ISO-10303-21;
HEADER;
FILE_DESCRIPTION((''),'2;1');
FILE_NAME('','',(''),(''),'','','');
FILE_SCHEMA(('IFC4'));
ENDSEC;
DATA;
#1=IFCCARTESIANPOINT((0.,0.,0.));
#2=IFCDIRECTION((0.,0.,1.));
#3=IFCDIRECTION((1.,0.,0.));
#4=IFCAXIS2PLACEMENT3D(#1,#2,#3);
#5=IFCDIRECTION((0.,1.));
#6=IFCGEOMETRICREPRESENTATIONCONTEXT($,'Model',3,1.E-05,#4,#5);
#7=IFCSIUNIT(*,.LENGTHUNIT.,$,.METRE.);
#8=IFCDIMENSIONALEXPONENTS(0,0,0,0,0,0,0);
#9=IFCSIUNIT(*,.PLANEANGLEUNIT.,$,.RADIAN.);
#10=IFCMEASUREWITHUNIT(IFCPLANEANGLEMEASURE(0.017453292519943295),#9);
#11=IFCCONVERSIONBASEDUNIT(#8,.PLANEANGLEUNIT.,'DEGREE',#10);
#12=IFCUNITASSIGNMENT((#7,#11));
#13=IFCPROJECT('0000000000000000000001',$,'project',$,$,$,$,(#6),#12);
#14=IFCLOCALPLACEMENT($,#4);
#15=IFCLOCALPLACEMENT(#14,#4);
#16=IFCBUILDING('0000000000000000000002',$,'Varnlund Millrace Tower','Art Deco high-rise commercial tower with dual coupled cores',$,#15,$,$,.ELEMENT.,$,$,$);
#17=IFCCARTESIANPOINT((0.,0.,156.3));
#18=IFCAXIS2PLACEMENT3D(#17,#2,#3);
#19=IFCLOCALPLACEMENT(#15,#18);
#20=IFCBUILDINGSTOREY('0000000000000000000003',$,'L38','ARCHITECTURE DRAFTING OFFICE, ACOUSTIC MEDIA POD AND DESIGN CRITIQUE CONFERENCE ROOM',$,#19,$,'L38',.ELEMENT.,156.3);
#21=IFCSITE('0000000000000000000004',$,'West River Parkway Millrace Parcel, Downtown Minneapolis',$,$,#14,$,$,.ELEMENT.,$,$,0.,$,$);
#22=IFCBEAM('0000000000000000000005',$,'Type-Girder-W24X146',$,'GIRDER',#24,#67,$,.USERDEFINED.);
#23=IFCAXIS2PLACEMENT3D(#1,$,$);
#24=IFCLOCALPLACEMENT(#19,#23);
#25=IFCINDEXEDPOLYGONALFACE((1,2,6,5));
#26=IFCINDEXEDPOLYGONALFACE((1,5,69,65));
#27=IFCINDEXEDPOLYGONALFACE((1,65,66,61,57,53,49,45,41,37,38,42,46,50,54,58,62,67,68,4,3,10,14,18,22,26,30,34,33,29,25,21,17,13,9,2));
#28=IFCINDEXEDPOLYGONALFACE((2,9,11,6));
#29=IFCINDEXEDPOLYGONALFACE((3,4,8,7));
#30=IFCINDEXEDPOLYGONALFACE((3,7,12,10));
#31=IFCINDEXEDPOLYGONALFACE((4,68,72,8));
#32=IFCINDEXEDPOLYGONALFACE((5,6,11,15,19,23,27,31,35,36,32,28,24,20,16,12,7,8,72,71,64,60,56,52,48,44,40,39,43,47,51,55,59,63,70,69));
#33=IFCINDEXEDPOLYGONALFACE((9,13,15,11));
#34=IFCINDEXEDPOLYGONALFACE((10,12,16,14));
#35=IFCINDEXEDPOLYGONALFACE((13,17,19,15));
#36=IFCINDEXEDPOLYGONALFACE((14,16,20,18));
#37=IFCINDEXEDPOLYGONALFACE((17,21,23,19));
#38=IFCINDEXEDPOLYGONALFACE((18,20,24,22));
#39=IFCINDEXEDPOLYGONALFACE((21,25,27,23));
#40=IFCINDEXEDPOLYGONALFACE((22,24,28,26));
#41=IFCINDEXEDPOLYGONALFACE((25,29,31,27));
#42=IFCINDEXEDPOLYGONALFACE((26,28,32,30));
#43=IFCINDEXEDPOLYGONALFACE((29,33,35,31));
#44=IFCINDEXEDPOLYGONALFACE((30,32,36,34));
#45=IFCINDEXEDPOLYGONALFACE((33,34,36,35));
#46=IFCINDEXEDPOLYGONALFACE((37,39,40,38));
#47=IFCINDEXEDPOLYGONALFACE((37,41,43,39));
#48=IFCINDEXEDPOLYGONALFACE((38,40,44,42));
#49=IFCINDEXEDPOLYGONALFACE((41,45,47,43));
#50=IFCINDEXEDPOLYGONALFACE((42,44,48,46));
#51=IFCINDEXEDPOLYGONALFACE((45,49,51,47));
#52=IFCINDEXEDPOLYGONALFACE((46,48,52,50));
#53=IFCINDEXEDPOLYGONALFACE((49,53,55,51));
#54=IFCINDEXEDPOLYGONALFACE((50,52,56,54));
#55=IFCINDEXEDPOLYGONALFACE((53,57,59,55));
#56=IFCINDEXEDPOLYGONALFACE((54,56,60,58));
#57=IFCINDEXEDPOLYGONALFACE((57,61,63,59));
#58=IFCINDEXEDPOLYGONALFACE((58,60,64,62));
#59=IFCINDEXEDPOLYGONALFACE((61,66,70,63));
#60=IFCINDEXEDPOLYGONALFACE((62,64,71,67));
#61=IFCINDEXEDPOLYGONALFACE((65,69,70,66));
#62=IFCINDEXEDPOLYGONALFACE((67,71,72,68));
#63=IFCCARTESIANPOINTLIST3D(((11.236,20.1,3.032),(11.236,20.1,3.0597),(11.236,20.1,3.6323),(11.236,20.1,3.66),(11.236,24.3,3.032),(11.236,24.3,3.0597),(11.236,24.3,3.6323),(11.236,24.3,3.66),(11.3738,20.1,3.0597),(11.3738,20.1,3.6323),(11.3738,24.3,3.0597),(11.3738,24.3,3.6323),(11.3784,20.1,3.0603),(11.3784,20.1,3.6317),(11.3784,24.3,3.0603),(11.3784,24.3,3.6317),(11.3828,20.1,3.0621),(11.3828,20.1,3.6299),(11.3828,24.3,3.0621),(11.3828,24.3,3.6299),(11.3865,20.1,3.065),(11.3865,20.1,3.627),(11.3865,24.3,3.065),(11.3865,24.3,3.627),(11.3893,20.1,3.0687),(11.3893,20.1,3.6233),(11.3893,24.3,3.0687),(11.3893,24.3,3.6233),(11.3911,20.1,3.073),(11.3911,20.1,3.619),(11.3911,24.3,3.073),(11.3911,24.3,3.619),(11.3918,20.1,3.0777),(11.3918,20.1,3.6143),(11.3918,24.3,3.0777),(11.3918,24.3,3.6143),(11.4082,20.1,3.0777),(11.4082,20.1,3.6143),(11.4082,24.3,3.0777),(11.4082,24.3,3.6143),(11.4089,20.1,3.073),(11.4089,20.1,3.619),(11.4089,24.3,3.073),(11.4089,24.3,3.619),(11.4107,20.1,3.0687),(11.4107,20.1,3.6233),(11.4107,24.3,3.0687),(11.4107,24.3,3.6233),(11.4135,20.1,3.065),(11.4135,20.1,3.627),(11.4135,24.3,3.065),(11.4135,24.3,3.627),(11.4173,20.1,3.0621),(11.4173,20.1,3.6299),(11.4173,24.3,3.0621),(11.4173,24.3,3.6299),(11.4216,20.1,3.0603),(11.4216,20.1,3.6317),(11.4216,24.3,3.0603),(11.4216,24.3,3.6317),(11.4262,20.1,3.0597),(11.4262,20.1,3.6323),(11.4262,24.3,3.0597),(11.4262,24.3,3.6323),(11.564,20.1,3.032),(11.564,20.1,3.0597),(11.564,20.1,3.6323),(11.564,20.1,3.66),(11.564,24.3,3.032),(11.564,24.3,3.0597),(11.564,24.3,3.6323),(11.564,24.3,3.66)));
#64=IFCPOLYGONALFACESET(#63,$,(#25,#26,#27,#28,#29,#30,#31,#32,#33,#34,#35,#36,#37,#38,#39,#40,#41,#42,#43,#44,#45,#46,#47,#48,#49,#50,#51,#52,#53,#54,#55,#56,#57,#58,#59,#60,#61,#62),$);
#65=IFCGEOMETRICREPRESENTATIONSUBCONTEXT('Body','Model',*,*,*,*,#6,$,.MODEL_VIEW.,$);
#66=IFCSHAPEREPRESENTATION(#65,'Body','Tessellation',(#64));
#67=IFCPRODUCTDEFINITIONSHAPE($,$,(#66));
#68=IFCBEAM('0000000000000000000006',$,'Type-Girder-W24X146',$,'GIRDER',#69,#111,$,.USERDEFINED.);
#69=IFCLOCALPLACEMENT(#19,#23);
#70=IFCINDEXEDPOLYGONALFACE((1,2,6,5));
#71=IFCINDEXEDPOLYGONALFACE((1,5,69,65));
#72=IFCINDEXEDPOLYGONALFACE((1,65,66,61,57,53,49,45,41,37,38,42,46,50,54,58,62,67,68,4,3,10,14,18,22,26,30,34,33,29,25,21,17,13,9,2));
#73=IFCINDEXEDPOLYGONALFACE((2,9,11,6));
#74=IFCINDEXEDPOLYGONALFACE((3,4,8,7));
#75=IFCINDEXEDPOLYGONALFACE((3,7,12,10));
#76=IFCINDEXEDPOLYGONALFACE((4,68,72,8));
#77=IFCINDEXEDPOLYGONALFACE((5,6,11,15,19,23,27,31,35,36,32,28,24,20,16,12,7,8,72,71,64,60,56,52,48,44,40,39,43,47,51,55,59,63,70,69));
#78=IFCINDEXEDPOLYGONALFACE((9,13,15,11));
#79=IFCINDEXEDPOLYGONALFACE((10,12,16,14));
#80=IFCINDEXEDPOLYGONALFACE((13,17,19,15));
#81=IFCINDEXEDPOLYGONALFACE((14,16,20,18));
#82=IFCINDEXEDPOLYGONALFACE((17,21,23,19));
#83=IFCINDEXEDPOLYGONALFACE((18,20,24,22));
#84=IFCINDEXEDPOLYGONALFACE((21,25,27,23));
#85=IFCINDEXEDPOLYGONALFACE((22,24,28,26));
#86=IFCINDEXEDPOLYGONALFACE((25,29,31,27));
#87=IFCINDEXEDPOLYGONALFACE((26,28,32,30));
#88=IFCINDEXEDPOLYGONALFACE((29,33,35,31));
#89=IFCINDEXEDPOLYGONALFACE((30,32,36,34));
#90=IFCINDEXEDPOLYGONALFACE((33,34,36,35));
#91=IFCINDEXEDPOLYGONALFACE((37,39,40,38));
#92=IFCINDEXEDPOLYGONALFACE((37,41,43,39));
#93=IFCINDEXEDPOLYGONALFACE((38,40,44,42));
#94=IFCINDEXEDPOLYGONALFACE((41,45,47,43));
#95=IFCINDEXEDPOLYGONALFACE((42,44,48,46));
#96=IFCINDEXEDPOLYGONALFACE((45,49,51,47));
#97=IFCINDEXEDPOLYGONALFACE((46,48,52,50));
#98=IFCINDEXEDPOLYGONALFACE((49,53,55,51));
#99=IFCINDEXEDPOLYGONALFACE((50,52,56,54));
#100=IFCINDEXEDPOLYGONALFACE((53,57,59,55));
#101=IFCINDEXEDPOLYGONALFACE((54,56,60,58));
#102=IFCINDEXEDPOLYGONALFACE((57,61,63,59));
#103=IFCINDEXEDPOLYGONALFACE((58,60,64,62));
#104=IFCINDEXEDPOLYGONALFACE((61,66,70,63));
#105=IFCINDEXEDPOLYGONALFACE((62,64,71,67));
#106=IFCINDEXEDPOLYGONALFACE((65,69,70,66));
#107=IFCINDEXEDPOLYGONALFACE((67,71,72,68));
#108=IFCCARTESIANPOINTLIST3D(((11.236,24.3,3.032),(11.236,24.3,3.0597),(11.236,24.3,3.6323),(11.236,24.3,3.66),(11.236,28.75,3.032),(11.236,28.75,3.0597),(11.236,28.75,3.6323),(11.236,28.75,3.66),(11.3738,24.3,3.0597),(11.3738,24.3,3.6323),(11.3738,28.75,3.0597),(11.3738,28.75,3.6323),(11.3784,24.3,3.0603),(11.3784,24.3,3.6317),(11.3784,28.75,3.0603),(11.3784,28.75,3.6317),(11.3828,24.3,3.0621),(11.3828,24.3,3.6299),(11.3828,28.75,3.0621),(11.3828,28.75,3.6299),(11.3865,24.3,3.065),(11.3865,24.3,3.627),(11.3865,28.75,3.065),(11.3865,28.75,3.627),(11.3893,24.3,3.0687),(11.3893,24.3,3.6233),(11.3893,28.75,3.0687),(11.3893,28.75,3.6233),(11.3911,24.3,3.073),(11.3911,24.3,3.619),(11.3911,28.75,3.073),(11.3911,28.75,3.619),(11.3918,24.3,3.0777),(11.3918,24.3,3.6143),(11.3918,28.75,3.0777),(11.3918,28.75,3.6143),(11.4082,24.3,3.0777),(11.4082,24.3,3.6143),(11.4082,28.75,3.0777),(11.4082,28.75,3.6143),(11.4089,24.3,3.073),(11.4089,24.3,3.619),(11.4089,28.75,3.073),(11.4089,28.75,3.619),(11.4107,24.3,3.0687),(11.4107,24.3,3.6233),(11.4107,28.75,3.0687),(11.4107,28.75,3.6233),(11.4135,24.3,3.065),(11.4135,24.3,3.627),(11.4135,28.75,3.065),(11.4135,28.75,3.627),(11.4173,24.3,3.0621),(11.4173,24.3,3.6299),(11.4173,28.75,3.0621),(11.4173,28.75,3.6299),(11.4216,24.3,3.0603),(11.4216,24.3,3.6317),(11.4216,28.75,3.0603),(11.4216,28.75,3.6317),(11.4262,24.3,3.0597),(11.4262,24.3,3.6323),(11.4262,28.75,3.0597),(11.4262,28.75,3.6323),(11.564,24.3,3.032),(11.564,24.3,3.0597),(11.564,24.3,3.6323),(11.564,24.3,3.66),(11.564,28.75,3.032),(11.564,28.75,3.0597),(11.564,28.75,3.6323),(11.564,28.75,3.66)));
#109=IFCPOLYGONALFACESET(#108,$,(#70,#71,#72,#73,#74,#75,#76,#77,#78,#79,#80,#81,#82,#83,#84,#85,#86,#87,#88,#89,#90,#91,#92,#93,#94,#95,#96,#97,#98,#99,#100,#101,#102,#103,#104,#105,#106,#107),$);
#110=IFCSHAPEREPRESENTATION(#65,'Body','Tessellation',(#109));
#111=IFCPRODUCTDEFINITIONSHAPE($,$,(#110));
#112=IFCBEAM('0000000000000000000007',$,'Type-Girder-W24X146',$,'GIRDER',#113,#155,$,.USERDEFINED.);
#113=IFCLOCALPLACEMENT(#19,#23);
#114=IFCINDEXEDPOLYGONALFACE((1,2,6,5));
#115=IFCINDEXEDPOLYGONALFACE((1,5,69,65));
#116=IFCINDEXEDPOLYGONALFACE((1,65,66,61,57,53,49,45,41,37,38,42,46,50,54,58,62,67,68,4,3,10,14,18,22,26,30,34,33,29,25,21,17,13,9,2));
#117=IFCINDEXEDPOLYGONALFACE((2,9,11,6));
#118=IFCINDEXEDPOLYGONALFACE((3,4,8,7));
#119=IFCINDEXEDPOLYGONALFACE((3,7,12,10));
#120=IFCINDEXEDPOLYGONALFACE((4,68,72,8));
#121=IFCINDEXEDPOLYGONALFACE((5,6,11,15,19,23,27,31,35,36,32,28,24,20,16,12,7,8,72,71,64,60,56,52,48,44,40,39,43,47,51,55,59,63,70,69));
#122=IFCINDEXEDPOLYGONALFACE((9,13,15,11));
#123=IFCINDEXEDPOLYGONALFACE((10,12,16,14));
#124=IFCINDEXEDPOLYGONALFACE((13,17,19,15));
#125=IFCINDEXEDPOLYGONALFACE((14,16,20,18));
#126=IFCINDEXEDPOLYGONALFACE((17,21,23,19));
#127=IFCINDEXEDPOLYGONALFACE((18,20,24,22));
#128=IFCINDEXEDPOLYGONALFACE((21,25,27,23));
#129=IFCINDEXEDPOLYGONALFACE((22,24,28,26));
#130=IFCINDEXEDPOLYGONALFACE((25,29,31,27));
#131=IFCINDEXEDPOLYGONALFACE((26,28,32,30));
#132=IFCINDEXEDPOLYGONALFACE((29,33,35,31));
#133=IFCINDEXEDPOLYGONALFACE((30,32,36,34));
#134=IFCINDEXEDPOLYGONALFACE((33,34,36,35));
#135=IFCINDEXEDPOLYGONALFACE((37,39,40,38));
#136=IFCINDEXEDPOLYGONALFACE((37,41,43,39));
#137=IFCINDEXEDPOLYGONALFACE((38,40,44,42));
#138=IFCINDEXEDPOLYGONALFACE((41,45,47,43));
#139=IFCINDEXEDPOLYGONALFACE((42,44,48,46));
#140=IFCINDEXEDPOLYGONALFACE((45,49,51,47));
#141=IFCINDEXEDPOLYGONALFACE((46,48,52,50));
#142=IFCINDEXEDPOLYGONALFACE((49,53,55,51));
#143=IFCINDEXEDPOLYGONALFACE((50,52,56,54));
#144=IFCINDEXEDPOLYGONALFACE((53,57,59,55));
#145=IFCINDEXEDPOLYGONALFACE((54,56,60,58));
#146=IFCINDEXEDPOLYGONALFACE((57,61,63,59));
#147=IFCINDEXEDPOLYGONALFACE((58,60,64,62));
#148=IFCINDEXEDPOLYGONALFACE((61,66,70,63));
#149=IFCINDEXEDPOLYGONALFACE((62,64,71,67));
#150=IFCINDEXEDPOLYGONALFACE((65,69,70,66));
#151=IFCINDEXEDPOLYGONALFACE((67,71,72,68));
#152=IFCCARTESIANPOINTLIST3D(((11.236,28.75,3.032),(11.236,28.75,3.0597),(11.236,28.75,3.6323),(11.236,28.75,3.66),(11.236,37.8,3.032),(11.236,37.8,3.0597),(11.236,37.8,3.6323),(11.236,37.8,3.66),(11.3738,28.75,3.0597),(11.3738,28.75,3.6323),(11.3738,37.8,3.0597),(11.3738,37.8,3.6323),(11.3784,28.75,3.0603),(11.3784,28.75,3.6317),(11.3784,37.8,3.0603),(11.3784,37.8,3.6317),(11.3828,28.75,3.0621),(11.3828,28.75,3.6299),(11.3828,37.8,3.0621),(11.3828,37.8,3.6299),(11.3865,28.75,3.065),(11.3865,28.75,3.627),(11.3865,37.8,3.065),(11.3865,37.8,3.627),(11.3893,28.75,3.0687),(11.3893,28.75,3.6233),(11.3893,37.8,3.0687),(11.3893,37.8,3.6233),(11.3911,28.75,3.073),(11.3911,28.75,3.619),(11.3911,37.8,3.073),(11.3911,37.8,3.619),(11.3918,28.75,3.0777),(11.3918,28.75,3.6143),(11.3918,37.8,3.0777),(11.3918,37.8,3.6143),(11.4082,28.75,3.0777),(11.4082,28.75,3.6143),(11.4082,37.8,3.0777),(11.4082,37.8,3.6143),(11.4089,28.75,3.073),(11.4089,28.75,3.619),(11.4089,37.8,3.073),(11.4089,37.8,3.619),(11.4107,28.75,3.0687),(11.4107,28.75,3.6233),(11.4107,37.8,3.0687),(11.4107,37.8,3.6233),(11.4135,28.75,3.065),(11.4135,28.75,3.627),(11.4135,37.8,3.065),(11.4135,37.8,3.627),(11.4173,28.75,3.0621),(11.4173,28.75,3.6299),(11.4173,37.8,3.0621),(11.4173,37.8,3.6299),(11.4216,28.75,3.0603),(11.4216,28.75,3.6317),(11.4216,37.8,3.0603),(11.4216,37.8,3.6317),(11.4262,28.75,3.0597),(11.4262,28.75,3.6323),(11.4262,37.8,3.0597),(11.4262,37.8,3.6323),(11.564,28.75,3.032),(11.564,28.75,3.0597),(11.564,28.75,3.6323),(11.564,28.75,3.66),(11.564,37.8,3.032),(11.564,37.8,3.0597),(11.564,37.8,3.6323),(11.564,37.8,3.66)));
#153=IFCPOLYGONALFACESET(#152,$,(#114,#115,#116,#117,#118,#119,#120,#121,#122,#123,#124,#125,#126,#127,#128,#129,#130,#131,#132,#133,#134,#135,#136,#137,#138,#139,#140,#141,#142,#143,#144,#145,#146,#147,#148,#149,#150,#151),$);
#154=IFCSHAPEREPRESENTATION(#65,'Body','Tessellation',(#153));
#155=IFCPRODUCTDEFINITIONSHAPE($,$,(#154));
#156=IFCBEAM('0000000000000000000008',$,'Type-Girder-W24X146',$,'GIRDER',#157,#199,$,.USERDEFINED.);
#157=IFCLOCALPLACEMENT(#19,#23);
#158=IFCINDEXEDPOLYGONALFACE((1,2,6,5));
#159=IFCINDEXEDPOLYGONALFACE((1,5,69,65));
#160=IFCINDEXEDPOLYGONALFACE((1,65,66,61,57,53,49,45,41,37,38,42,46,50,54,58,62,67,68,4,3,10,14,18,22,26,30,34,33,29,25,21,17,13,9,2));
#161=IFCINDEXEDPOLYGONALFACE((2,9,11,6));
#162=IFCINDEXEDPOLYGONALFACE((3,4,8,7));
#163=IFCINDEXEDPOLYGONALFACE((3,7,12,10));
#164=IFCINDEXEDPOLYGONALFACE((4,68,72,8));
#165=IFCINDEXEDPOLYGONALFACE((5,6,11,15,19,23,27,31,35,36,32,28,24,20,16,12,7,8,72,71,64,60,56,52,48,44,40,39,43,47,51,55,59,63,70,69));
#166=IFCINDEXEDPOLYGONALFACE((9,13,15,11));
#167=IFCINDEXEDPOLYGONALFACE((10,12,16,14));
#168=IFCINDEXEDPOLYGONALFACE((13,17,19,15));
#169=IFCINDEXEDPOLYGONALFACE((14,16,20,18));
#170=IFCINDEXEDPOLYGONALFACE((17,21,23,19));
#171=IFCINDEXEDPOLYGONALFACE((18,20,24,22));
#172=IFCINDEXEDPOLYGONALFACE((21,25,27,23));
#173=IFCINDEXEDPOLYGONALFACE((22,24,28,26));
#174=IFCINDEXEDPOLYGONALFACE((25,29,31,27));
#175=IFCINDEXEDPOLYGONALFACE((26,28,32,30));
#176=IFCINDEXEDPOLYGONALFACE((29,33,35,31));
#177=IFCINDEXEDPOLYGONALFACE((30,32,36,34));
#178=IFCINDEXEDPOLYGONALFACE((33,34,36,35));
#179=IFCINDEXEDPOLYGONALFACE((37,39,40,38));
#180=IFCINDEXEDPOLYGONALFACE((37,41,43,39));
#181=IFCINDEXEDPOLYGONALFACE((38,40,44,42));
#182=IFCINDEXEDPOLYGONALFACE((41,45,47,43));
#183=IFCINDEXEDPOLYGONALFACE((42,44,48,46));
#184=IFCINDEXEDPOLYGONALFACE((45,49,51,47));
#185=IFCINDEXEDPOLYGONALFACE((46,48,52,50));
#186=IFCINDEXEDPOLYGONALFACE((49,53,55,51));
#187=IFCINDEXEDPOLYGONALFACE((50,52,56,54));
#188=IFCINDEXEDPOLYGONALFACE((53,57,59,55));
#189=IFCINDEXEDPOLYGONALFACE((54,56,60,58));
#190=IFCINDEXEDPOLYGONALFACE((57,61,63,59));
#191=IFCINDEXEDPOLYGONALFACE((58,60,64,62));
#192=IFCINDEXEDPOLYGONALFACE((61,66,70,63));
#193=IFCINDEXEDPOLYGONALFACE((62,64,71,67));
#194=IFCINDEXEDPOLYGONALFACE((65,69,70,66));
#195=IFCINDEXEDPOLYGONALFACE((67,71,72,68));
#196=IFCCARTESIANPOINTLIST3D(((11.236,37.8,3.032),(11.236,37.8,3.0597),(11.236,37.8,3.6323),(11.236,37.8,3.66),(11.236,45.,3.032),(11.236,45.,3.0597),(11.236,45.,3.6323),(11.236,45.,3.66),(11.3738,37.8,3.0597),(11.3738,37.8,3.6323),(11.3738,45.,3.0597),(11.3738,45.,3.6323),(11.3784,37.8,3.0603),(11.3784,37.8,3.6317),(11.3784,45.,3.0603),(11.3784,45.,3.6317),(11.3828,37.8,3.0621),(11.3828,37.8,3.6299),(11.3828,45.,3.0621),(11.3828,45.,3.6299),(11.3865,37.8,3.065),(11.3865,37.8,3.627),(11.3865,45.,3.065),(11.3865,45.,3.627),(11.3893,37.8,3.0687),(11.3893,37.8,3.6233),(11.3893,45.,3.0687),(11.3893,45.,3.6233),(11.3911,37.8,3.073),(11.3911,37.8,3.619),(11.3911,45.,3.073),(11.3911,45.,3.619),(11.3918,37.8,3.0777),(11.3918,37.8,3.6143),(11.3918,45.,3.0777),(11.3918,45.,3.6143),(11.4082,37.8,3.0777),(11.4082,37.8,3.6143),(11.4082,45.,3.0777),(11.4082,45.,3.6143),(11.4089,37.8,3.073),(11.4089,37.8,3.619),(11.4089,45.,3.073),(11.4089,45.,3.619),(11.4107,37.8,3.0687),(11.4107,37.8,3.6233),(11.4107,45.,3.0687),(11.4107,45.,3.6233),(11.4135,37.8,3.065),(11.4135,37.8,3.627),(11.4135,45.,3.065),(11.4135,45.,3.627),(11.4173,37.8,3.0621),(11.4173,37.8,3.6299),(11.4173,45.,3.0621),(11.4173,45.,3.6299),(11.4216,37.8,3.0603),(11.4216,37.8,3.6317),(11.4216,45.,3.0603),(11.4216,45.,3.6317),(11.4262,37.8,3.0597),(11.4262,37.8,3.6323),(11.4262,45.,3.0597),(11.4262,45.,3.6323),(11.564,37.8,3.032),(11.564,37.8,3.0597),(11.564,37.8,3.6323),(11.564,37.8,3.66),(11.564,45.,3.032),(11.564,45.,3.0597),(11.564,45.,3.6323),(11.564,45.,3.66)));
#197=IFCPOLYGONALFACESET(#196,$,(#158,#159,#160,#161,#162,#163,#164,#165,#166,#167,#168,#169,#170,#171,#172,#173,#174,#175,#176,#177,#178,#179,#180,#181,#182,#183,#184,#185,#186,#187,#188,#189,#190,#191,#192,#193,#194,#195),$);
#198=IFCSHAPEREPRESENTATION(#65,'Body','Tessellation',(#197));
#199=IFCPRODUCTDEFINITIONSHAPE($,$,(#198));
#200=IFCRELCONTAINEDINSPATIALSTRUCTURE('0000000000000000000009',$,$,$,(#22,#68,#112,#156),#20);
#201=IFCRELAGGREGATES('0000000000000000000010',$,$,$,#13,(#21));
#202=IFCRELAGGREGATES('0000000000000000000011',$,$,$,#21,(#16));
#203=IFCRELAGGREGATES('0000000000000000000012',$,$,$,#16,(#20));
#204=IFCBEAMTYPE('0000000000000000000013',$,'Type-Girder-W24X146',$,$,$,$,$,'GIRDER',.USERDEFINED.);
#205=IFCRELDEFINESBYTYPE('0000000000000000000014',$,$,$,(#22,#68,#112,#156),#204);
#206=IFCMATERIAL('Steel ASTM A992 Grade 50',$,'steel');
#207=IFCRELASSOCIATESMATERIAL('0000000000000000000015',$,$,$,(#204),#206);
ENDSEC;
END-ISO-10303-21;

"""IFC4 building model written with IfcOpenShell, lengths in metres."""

from ifc_helpers import new_model, entity, si_unit, converted_unit, direction, frame, origin_with_axes, origin_2d_with_axis, place, context, subcontext, project, spatial, i_section, extrude, material, material_profile, profile_set, type_object, element, save


model = new_model("IFC4")

# Units and contexts
model_context = context("Model", 3, precision=1e-05, world=origin_with_axes(), true_north=direction((0.0, 1.0)))
body_context = subcontext(model_context, "Body", "Model", "MODEL_VIEW")
ifc_project = project(units=[si_unit("LENGTHUNIT", "METRE"), converted_unit("PLANEANGLEUNIT", "DEGREE", entity("IfcPlaneAngleMeasure", 0.017453292519943295), si_unit("PLANEANGLEUNIT", "RADIAN"), dimensions=[0, 0, 0, 0, 0, 0, 0])], contexts=[model_context])

# Site, building, storey
site_placement = place(None, origin_with_axes())
site = spatial("IfcSite", under=ifc_project, at=site_placement, Name="West River Parkway Millrace Parcel, Downtown Minneapolis", CompositionType="ELEMENT", RefElevation=0.0)
building_placement = place(site_placement, origin_with_axes())
building = spatial("IfcBuilding", under=site, at=building_placement, Name="Varnlund Millrace Tower", Description="Art Deco high-rise commercial tower with dual coupled cores", CompositionType="ELEMENT")
storey_placement = place(building_placement, frame((0.0, 0.0, 156.3), z_axis=(0.0, 0.0, 1.0), x_axis=(1.0, 0.0, 0.0)))
storey = spatial("IfcBuildingStorey", under=building, at=storey_placement, Name="L38", Description="ARCHITECTURE DRAFTING OFFICE, ACOUSTIC MEDIA POD AND DESIGN CRITIQUE CONFERENCE ROOM", LongName="L38", CompositionType="ELEMENT", Elevation=156.3)

# Beams
ifc_material_1 = material(Name="Steel ASTM A992 Grade 50", Category="steel")
ifc_material_profile_1 = material_profile(ifc_material_1, i_section(OverallWidth=0.328, OverallDepth=0.628, WebThickness=0.0165, FlangeThickness=0.0277, FilletRadius=0.018, at=origin_2d_with_axis()), Name="Steel ASTM A992 Grade 50")
ifc_profile_set_1 = profile_set([ifc_material_profile_1], Name="Steel ASTM A992 Grade 50")
beam_type_1 = type_object("IfcBeamType", Name="Type-Girder-W24X146", ElementType="GIRDER", PredefinedType="USERDEFINED", material=ifc_profile_set_1)
beam_1_placement = place(storey_placement, frame((11.4, 20.1, 3.346), z_axis=(0.0, 1.0, 0.0), x_axis=(-1.0, 0.0, 0.0)))
element("IfcBeam", 1, at=beam_1_placement, inside=storey, type_object=beam_type_1, Name="Type-Girder-W24X146", ObjectType="GIRDER", PredefinedType="USERDEFINED", context=body_context, shape_type="SweptSolid", body=[
    extrude(i_section(OverallWidth=0.328, OverallDepth=0.628, WebThickness=0.0165, FlangeThickness=0.0277, FilletRadius=0.018, at=origin_2d_with_axis()), origin_with_axes(), (0.0, 0.0, 1.0), 4.2),
])
beam_2_placement = place(storey_placement, frame((11.4, 24.3, 3.346), z_axis=(0.0, 1.0, 0.0), x_axis=(-1.0, 0.0, 0.0)))
element("IfcBeam", 2, at=beam_2_placement, inside=storey, type_object=beam_type_1, Name="Type-Girder-W24X146", ObjectType="GIRDER", PredefinedType="USERDEFINED", context=body_context, shape_type="SweptSolid", body=[
    extrude(i_section(OverallWidth=0.328, OverallDepth=0.628, WebThickness=0.0165, FlangeThickness=0.0277, FilletRadius=0.018, at=origin_2d_with_axis()), origin_with_axes(), (0.0, 0.0, 1.0), 4.45),
])
beam_3_placement = place(storey_placement, frame((11.4, 28.75, 3.346), z_axis=(0.0, 1.0, 0.0), x_axis=(-1.0, 0.0, 0.0)))
element("IfcBeam", 3, at=beam_3_placement, inside=storey, type_object=beam_type_1, Name="Type-Girder-W24X146", ObjectType="GIRDER", PredefinedType="USERDEFINED", context=body_context, shape_type="SweptSolid", body=[
    extrude(i_section(OverallWidth=0.328, OverallDepth=0.628, WebThickness=0.0165, FlangeThickness=0.0277, FilletRadius=0.018, at=origin_2d_with_axis()), origin_with_axes(), (0.0, 0.0, 1.0), 9.05),
])
beam_4_placement = place(storey_placement, frame((11.4, 37.8, 3.346), z_axis=(0.0, 1.0, 0.0), x_axis=(-1.0, 0.0, 0.0)))
element("IfcBeam", 4, at=beam_4_placement, inside=storey, type_object=beam_type_1, Name="Type-Girder-W24X146", ObjectType="GIRDER", PredefinedType="USERDEFINED", context=body_context, shape_type="SweptSolid", body=[
    extrude(i_section(OverallWidth=0.328, OverallDepth=0.628, WebThickness=0.0165, FlangeThickness=0.0277, FilletRadius=0.018, at=origin_2d_with_axis()), origin_with_axes(), (0.0, 0.0, 1.0), 7.2),
])

save(model, "model.ifc")
